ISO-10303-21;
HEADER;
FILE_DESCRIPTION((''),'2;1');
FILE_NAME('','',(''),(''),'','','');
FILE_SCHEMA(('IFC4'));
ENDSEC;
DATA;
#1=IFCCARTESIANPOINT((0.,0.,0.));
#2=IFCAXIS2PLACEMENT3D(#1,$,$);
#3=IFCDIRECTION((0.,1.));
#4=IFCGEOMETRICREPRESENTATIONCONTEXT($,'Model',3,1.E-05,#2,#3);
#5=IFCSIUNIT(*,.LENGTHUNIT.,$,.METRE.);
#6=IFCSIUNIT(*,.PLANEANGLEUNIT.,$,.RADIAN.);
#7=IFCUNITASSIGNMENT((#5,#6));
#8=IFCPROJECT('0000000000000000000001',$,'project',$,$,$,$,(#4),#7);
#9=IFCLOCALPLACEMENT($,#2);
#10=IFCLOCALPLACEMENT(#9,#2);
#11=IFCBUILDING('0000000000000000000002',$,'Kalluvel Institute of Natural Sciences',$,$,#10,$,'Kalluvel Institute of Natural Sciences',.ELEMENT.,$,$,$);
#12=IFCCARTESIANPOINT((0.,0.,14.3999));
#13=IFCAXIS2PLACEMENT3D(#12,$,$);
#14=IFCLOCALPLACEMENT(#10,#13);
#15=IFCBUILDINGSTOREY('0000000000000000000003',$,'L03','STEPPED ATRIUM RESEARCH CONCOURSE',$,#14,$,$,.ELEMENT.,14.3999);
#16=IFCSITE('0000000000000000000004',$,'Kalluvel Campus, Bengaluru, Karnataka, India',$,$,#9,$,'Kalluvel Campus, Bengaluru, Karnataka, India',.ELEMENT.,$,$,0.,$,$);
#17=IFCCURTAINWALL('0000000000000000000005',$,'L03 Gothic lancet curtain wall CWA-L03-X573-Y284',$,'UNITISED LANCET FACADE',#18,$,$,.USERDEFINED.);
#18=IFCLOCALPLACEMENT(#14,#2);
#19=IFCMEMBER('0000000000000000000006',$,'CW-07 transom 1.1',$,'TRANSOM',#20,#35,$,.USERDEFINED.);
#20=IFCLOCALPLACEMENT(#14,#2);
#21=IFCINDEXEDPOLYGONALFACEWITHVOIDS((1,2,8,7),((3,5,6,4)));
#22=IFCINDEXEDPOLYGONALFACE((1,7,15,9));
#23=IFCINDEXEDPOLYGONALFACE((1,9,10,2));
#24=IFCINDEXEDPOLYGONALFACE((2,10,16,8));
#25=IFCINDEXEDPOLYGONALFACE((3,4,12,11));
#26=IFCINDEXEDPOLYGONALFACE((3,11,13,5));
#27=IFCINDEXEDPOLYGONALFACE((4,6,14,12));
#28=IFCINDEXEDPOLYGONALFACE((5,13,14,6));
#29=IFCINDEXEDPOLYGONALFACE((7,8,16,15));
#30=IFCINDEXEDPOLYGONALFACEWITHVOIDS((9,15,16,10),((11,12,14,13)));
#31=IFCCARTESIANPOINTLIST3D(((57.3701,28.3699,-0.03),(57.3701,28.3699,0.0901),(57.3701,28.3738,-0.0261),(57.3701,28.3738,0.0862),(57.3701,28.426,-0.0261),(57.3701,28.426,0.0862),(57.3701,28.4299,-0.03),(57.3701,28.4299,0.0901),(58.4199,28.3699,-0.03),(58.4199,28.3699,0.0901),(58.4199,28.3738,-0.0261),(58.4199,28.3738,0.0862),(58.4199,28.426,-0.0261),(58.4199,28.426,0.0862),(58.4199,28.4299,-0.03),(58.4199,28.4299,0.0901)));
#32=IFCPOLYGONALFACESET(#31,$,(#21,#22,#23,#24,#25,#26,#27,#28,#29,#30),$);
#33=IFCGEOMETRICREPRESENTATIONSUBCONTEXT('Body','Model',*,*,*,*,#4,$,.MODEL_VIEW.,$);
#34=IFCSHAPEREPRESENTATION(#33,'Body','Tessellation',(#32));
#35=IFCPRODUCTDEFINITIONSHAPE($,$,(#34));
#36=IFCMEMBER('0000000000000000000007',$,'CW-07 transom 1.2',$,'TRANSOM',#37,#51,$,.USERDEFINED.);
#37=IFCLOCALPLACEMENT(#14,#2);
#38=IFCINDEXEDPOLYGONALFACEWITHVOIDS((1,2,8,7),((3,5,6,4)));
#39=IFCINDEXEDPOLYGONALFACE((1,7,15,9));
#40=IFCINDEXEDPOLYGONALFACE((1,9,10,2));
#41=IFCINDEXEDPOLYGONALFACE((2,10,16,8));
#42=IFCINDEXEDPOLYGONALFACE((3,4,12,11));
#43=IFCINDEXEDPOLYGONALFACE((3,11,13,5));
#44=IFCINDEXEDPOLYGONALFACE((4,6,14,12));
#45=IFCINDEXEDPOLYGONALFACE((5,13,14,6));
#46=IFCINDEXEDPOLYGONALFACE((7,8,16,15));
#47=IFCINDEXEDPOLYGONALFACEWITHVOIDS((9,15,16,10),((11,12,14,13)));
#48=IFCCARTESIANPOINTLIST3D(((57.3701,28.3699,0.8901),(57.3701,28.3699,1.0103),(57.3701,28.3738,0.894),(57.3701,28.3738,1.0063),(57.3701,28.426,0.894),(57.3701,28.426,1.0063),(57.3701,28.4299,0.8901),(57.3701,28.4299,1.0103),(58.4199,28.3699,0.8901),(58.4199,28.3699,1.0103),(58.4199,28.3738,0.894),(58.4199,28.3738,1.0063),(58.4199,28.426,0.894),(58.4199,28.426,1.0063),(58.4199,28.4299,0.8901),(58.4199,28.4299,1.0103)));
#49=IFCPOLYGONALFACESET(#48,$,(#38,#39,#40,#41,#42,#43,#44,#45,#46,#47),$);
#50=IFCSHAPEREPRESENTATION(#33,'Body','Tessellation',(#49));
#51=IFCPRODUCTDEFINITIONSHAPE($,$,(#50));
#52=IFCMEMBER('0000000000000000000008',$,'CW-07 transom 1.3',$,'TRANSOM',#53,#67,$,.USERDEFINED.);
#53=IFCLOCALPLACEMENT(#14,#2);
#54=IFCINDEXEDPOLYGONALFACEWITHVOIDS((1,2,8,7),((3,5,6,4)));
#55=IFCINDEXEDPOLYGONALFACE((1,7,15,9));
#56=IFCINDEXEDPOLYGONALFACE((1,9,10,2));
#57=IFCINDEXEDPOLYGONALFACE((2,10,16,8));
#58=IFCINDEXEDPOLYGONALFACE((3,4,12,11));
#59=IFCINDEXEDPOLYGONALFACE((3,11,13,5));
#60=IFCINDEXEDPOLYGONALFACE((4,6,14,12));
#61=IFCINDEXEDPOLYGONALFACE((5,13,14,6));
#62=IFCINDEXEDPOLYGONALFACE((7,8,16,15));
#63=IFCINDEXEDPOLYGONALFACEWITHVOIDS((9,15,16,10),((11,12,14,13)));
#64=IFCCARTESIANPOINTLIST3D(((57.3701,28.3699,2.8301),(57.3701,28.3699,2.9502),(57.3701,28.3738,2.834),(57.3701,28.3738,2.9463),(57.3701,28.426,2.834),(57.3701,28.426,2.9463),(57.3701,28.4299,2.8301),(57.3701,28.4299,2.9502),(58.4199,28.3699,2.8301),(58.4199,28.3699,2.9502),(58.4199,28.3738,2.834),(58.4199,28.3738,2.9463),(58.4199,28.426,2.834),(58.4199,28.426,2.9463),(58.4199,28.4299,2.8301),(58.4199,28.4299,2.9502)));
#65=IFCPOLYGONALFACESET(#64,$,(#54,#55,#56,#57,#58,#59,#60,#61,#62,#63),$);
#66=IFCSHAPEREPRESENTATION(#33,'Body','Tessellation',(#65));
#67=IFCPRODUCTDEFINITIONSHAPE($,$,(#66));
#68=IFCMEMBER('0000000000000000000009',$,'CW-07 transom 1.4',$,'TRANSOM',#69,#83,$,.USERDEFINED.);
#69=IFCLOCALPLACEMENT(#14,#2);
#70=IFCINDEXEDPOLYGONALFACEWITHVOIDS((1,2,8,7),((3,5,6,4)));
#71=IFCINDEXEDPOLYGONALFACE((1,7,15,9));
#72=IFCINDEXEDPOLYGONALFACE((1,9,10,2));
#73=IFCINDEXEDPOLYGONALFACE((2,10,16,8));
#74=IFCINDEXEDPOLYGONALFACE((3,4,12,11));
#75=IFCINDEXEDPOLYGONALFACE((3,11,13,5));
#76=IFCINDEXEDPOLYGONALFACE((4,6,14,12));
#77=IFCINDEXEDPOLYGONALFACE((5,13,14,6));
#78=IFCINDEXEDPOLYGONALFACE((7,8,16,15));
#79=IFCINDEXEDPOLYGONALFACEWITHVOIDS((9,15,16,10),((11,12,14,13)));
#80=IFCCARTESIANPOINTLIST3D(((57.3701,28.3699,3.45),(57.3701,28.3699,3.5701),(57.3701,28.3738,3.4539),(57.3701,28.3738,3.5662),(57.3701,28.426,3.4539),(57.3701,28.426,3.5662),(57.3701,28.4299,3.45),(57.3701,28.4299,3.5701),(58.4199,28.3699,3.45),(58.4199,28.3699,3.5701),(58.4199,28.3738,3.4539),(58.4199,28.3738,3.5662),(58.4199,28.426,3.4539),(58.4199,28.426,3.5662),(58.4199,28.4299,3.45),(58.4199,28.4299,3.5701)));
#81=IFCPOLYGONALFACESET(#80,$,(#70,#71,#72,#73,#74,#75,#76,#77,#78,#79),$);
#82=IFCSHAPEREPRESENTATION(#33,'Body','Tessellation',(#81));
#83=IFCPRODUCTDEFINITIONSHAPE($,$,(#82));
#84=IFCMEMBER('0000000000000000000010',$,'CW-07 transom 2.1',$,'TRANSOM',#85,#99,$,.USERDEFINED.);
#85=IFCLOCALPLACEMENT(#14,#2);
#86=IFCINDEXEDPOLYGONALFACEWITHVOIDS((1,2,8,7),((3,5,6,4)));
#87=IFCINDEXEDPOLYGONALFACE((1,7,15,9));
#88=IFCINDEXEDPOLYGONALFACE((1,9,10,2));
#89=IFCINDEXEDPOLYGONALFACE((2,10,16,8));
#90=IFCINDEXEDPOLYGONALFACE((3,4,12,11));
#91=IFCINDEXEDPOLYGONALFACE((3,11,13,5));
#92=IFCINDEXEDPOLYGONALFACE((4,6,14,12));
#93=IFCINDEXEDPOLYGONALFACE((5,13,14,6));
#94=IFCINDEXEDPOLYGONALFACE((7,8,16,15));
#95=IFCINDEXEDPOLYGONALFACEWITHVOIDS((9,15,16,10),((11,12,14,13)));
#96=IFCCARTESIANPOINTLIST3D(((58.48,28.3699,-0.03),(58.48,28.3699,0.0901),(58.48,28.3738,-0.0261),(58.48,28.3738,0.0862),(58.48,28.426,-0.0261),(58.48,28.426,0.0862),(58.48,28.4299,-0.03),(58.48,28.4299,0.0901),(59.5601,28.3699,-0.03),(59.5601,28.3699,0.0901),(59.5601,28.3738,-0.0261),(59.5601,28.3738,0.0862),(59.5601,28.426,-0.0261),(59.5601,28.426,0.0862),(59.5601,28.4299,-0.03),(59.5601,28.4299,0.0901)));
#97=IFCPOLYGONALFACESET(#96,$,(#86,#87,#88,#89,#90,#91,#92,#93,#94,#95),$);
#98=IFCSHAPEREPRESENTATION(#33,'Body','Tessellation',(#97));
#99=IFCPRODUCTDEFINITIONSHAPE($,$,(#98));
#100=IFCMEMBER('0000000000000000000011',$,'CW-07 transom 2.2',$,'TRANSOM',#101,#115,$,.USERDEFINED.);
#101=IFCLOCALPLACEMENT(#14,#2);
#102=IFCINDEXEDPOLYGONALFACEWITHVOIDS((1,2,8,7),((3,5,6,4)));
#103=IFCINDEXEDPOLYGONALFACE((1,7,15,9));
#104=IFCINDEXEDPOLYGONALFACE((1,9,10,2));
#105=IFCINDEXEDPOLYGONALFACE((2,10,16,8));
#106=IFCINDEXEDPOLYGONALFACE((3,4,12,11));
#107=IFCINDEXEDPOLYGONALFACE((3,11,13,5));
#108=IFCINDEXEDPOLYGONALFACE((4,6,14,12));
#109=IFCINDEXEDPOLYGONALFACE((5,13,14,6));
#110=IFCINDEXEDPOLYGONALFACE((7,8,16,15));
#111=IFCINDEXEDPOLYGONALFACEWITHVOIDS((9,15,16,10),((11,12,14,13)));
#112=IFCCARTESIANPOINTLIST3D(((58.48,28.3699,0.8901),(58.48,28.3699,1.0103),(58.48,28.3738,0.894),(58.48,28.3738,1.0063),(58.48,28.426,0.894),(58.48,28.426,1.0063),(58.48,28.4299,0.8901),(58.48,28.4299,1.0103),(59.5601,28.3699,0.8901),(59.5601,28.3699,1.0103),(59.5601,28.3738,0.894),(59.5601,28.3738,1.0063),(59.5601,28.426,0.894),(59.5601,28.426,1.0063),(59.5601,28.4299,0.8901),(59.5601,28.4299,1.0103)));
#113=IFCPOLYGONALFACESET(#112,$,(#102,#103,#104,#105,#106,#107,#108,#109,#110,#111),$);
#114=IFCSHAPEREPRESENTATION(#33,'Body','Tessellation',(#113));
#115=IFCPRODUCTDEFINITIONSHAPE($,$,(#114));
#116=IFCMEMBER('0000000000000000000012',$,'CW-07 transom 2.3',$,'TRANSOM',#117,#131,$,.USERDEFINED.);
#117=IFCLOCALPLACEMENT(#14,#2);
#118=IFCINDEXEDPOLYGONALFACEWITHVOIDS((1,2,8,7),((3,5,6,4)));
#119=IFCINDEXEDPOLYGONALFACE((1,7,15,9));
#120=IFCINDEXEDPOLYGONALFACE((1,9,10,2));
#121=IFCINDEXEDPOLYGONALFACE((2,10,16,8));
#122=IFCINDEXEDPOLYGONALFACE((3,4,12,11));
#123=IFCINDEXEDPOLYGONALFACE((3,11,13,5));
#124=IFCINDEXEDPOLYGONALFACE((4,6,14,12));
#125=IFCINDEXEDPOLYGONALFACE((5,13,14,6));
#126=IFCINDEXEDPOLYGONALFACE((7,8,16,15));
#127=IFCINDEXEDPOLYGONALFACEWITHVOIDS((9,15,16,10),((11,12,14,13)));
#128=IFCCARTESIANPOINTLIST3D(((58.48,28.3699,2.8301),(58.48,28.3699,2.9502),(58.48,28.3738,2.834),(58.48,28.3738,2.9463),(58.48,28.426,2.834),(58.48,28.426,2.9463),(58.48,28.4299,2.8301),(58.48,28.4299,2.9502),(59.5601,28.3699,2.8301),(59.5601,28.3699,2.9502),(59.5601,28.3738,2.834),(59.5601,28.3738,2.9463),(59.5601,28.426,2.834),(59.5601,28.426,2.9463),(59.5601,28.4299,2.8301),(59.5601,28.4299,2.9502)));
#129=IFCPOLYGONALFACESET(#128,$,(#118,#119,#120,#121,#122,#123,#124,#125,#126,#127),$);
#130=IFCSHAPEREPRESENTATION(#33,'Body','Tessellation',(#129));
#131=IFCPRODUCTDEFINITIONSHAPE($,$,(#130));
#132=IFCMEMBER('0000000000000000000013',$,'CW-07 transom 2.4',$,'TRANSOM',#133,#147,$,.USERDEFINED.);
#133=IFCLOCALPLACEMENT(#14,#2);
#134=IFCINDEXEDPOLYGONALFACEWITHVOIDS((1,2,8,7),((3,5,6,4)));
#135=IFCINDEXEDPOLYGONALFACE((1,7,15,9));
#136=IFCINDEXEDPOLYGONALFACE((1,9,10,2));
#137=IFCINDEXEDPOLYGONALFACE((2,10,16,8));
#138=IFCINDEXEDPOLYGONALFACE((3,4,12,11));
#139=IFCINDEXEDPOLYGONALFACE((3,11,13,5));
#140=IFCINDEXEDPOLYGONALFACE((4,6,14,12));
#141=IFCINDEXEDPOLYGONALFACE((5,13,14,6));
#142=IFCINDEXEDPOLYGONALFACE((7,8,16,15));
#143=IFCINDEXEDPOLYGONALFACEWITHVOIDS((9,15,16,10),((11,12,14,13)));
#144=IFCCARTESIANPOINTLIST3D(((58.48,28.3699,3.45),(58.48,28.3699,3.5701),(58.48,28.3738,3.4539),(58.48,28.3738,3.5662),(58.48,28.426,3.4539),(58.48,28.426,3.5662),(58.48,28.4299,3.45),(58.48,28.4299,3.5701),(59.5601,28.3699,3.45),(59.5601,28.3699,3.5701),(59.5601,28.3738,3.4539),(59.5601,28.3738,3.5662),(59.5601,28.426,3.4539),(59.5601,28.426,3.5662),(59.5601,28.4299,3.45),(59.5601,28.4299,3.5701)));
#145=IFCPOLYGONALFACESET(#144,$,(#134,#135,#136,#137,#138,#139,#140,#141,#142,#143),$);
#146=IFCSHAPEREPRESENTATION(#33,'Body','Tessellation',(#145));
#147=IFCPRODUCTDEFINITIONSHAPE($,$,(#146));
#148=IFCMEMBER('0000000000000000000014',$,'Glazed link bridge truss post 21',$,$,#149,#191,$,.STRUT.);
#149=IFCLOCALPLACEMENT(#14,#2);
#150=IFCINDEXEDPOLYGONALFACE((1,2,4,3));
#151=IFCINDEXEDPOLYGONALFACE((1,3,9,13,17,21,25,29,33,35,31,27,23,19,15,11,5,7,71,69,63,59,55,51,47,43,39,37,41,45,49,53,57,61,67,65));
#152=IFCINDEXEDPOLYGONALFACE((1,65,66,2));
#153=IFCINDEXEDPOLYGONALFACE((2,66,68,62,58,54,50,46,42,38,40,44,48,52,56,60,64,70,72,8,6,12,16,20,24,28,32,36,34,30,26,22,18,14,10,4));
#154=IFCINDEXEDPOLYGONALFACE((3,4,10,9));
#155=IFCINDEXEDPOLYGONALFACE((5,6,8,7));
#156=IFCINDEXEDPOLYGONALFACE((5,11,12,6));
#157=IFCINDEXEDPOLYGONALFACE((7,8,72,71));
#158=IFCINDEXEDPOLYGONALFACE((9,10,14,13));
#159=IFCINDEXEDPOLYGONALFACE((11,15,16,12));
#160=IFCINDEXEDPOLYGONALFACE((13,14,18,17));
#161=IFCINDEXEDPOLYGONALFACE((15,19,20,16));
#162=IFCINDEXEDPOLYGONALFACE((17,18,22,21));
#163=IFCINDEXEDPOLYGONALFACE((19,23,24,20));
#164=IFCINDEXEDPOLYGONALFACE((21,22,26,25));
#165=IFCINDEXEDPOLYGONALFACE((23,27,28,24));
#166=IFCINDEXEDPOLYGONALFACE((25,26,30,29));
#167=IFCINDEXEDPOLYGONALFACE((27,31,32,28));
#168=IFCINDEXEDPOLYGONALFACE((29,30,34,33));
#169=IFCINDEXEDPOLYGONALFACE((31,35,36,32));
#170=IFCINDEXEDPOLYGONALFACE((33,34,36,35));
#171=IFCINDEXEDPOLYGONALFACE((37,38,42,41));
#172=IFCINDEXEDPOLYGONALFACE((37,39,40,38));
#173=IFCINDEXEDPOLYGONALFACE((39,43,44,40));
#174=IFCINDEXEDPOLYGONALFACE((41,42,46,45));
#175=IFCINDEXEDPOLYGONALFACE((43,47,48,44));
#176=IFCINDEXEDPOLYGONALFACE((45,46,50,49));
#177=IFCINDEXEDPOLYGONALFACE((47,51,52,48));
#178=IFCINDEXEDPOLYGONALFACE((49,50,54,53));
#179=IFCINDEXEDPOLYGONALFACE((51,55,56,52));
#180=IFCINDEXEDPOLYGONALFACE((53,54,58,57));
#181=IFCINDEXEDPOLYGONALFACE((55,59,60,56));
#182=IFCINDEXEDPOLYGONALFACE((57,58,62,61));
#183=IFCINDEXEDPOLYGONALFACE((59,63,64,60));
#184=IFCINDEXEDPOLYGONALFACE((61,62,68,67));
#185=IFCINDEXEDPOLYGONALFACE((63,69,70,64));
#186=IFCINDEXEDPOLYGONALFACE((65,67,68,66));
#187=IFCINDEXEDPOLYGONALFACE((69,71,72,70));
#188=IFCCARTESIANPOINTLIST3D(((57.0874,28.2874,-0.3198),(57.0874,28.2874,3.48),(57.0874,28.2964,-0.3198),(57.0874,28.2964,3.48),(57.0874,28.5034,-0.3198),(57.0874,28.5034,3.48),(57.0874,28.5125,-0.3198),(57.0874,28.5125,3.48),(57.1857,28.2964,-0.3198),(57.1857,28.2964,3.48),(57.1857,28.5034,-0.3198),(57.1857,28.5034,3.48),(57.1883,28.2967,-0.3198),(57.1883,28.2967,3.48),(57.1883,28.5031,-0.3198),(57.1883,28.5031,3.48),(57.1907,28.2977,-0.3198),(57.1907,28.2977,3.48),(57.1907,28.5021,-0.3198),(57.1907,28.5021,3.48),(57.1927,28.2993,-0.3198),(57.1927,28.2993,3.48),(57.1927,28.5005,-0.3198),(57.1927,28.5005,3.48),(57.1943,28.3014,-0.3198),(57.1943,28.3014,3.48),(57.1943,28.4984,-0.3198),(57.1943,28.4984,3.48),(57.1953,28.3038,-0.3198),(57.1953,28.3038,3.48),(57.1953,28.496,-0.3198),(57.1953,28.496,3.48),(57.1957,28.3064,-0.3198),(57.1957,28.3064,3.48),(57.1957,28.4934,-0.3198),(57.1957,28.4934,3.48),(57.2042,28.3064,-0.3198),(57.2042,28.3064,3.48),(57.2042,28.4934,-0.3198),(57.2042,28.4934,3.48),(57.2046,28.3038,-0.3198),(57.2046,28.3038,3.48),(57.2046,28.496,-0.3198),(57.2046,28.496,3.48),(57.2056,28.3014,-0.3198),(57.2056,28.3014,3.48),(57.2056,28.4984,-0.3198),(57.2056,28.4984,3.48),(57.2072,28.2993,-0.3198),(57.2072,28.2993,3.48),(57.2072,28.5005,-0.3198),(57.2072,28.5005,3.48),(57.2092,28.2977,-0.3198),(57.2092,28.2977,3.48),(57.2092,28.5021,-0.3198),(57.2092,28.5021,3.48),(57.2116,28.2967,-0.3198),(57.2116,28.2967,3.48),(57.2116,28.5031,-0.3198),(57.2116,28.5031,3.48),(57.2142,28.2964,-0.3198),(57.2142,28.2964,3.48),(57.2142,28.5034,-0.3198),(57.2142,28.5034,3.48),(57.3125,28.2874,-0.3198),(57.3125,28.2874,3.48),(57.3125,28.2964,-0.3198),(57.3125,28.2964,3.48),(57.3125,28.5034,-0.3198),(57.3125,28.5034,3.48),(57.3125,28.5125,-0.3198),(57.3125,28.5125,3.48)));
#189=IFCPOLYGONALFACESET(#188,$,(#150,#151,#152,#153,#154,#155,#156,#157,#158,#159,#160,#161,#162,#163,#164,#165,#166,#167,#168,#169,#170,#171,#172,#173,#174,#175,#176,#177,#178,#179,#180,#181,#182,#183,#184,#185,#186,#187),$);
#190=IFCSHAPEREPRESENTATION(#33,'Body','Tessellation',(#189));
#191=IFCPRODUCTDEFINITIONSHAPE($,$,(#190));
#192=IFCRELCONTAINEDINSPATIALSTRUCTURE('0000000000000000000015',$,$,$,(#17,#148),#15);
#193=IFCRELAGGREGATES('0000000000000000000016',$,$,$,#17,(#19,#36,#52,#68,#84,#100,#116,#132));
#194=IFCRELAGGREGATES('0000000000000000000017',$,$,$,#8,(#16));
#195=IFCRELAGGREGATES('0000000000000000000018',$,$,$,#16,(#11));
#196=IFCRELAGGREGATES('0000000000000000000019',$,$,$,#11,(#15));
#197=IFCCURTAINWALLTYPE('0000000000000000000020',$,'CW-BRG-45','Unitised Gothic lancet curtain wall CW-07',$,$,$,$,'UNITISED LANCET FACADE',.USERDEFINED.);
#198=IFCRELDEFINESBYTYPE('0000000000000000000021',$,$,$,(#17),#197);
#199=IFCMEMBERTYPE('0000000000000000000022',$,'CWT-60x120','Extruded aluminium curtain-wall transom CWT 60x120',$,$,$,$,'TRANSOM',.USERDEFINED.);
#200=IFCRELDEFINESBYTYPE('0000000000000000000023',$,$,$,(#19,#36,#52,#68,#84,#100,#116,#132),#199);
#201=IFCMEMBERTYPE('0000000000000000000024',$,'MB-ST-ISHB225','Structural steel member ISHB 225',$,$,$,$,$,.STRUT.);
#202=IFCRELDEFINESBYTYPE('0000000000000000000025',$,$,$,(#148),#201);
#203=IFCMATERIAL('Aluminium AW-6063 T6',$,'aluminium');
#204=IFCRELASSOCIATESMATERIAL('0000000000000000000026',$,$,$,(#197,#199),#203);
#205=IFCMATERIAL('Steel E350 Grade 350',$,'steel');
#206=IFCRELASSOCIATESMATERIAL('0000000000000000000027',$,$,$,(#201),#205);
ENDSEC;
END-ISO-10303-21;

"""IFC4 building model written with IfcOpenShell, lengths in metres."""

from ifc_helpers import new_model, si_unit, direction, frame, origin, origin_2d, place, context, subcontext, project, spatial, hollow_rectangle, i_section, extrude, material, material_profile, profile_set, type_object, element, aggregate, save


model = new_model("IFC4")

# Units and contexts
model_context = context("Model", 3, precision=1e-05, world=origin(), true_north=direction((0.0, 1.0)))
body_context = subcontext(model_context, "Body", "Model", "MODEL_VIEW")
ifc_project = project(units=[si_unit("LENGTHUNIT", "METRE"), si_unit("PLANEANGLEUNIT", "RADIAN")], contexts=[model_context])

# Site, building, storey
site_placement = place(None, origin())
site = spatial("IfcSite", under=ifc_project, at=site_placement, Name="Kalluvel Campus, Bengaluru, Karnataka, India", LongName="Kalluvel Campus, Bengaluru, Karnataka, India", CompositionType="ELEMENT", RefElevation=0.0)
building_placement = place(site_placement, origin())
building = spatial("IfcBuilding", under=site, at=building_placement, Name="Kalluvel Institute of Natural Sciences", LongName="Kalluvel Institute of Natural Sciences", CompositionType="ELEMENT")
storey_placement = place(building_placement, frame((0.0, 0.0, 14.3999)))
storey = spatial("IfcBuildingStorey", under=building, at=storey_placement, Name="L03", Description="STEPPED ATRIUM RESEARCH CONCOURSE", CompositionType="ELEMENT", Elevation=14.3999)

# Shared definitions
ifc_material_1 = material(Name="Steel E350 Grade 350", Category="steel")

# Curtain wall
ifc_material_2 = material(Name="Aluminium AW-6063 T6", Category="aluminium")
curtain_wall_type = type_object("IfcCurtainWallType", Name="CW-BRG-45", Description="Unitised Gothic lancet curtain wall CW-07", ElementType="UNITISED LANCET FACADE", PredefinedType="USERDEFINED", material=ifc_material_2)
curtain_wall_1_placement = place(storey_placement, origin())
curtain_wall_1 = element("IfcCurtainWall", 1, at=curtain_wall_1_placement, inside=storey, type_object=curtain_wall_type, Name="L03 Gothic lancet curtain wall CWA-L03-X573-Y284", ObjectType="UNITISED LANCET FACADE", PredefinedType="USERDEFINED")

# Members
ifc_material_profile_1 = material_profile(ifc_material_2, hollow_rectangle(XDim=0.0601, YDim=0.1201, WallThickness=0.0039, at=origin_2d()), Name="CWT 60x120")
ifc_profile_set_1 = profile_set([ifc_material_profile_1], Name="Aluminium AW-6063 T6")
member_type_1 = type_object("IfcMemberType", Name="CWT-60x120", Description="Extruded aluminium curtain-wall transom CWT 60x120", ElementType="TRANSOM", PredefinedType="USERDEFINED", material=ifc_profile_set_1)
member_1_placement = place(storey_placement, frame((57.3701, 28.3999, 0.03), z_axis=(1.0, 0.0, 0.0), x_axis=(0.0, 1.0, 0.0)))
member_1 = element("IfcMember", 2, at=member_1_placement, type_object=member_type_1, Name="CW-07 transom 1.1", ObjectType="TRANSOM", PredefinedType="USERDEFINED", context=body_context, shape_type="SweptSolid", body=[
    extrude(hollow_rectangle(XDim=0.0601, YDim=0.1201, WallThickness=0.0039, at=origin_2d()), origin(), (0.0, 0.0, 1.0), 1.0498),
])
member_2_placement = place(storey_placement, frame((57.3701, 28.3999, 0.9502), z_axis=(1.0, 0.0, 0.0), x_axis=(0.0, 1.0, 0.0)))
member_2 = element("IfcMember", 3, at=member_2_placement, type_object=member_type_1, Name="CW-07 transom 1.2", ObjectType="TRANSOM", PredefinedType="USERDEFINED", context=body_context, shape_type="SweptSolid", body=[
    extrude(hollow_rectangle(XDim=0.0601, YDim=0.1201, WallThickness=0.0039, at=origin_2d()), origin(), (0.0, 0.0, 1.0), 1.0498),
])
member_3_placement = place(storey_placement, frame((57.3701, 28.3999, 2.8901), z_axis=(1.0, 0.0, 0.0), x_axis=(0.0, 1.0, 0.0)))
member_3 = element("IfcMember", 4, at=member_3_placement, type_object=member_type_1, Name="CW-07 transom 1.3", ObjectType="TRANSOM", PredefinedType="USERDEFINED", context=body_context, shape_type="SweptSolid", body=[
    extrude(hollow_rectangle(XDim=0.0601, YDim=0.1201, WallThickness=0.0039, at=origin_2d()), origin(), (0.0, 0.0, 1.0), 1.0498),
])
member_4_placement = place(storey_placement, frame((57.3701, 28.3999, 3.51), z_axis=(1.0, 0.0, 0.0), x_axis=(0.0, 1.0, 0.0)))
member_4 = element("IfcMember", 5, at=member_4_placement, type_object=member_type_1, Name="CW-07 transom 1.4", ObjectType="TRANSOM", PredefinedType="USERDEFINED", context=body_context, shape_type="SweptSolid", body=[
    extrude(hollow_rectangle(XDim=0.0601, YDim=0.1201, WallThickness=0.0039, at=origin_2d()), origin(), (0.0, 0.0, 1.0), 1.0498),
])
member_5_placement = place(storey_placement, frame((58.48, 28.3999, 0.03), z_axis=(1.0, 0.0, 0.0), x_axis=(0.0, 1.0, 0.0)))
member_5 = element("IfcMember", 6, at=member_5_placement, type_object=member_type_1, Name="CW-07 transom 2.1", ObjectType="TRANSOM", PredefinedType="USERDEFINED", context=body_context, shape_type="SweptSolid", body=[
    extrude(hollow_rectangle(XDim=0.0601, YDim=0.1201, WallThickness=0.0039, at=origin_2d()), origin(), (0.0, 0.0, 1.0), 1.0801),
])
member_6_placement = place(storey_placement, frame((58.48, 28.3999, 0.9502), z_axis=(1.0, 0.0, 0.0), x_axis=(0.0, 1.0, 0.0)))
member_6 = element("IfcMember", 7, at=member_6_placement, type_object=member_type_1, Name="CW-07 transom 2.2", ObjectType="TRANSOM", PredefinedType="USERDEFINED", context=body_context, shape_type="SweptSolid", body=[
    extrude(hollow_rectangle(XDim=0.0601, YDim=0.1201, WallThickness=0.0039, at=origin_2d()), origin(), (0.0, 0.0, 1.0), 1.0801),
])
member_7_placement = place(storey_placement, frame((58.48, 28.3999, 2.8901), z_axis=(1.0, 0.0, 0.0), x_axis=(0.0, 1.0, 0.0)))
member_7 = element("IfcMember", 8, at=member_7_placement, type_object=member_type_1, Name="CW-07 transom 2.3", ObjectType="TRANSOM", PredefinedType="USERDEFINED", context=body_context, shape_type="SweptSolid", body=[
    extrude(hollow_rectangle(XDim=0.0601, YDim=0.1201, WallThickness=0.0039, at=origin_2d()), origin(), (0.0, 0.0, 1.0), 1.0801),
])
member_8_placement = place(storey_placement, frame((58.48, 28.3999, 3.51), z_axis=(1.0, 0.0, 0.0), x_axis=(0.0, 1.0, 0.0)))
member_8 = element("IfcMember", 9, at=member_8_placement, type_object=member_type_1, Name="CW-07 transom 2.4", ObjectType="TRANSOM", PredefinedType="USERDEFINED", context=body_context, shape_type="SweptSolid", body=[
    extrude(hollow_rectangle(XDim=0.0601, YDim=0.1201, WallThickness=0.0039, at=origin_2d()), origin(), (0.0, 0.0, 1.0), 1.0801),
])
ifc_material_profile_2 = material_profile(ifc_material_1, i_section(OverallWidth=0.2251, OverallDepth=0.2251, WebThickness=0.0085, FlangeThickness=0.009, FilletRadius=0.01, at=origin_2d()), Name="ISHB 225")
ifc_profile_set_2 = profile_set([ifc_material_profile_2], Name="Steel E350 Grade 350")
member_type_2 = type_object("IfcMemberType", Name="MB-ST-ISHB225", Description="Structural steel member ISHB 225", PredefinedType="STRUT", material=ifc_profile_set_2)
member_9_placement = place(storey_placement, frame((57.2, 28.3999, -0.3198), z_axis=(0.0, 0.0, 1.0), x_axis=(1.0, 0.0, 0.0)))
element("IfcMember", 10, at=member_9_placement, inside=storey, type_object=member_type_2, Name="Glazed link bridge truss post 21", PredefinedType="STRUT", context=body_context, shape_type="SweptSolid", body=[
    extrude(i_section(OverallWidth=0.2251, OverallDepth=0.2251, WebThickness=0.0085, FlangeThickness=0.009, FilletRadius=0.01, at=origin_2d()), origin(), (0.0, 0.0, 1.0), 3.7998),
])

aggregate(curtain_wall_1, [member_1, member_2, member_3, member_4, member_5, member_6, member_7, member_8])

save(model, "model.ifc")
